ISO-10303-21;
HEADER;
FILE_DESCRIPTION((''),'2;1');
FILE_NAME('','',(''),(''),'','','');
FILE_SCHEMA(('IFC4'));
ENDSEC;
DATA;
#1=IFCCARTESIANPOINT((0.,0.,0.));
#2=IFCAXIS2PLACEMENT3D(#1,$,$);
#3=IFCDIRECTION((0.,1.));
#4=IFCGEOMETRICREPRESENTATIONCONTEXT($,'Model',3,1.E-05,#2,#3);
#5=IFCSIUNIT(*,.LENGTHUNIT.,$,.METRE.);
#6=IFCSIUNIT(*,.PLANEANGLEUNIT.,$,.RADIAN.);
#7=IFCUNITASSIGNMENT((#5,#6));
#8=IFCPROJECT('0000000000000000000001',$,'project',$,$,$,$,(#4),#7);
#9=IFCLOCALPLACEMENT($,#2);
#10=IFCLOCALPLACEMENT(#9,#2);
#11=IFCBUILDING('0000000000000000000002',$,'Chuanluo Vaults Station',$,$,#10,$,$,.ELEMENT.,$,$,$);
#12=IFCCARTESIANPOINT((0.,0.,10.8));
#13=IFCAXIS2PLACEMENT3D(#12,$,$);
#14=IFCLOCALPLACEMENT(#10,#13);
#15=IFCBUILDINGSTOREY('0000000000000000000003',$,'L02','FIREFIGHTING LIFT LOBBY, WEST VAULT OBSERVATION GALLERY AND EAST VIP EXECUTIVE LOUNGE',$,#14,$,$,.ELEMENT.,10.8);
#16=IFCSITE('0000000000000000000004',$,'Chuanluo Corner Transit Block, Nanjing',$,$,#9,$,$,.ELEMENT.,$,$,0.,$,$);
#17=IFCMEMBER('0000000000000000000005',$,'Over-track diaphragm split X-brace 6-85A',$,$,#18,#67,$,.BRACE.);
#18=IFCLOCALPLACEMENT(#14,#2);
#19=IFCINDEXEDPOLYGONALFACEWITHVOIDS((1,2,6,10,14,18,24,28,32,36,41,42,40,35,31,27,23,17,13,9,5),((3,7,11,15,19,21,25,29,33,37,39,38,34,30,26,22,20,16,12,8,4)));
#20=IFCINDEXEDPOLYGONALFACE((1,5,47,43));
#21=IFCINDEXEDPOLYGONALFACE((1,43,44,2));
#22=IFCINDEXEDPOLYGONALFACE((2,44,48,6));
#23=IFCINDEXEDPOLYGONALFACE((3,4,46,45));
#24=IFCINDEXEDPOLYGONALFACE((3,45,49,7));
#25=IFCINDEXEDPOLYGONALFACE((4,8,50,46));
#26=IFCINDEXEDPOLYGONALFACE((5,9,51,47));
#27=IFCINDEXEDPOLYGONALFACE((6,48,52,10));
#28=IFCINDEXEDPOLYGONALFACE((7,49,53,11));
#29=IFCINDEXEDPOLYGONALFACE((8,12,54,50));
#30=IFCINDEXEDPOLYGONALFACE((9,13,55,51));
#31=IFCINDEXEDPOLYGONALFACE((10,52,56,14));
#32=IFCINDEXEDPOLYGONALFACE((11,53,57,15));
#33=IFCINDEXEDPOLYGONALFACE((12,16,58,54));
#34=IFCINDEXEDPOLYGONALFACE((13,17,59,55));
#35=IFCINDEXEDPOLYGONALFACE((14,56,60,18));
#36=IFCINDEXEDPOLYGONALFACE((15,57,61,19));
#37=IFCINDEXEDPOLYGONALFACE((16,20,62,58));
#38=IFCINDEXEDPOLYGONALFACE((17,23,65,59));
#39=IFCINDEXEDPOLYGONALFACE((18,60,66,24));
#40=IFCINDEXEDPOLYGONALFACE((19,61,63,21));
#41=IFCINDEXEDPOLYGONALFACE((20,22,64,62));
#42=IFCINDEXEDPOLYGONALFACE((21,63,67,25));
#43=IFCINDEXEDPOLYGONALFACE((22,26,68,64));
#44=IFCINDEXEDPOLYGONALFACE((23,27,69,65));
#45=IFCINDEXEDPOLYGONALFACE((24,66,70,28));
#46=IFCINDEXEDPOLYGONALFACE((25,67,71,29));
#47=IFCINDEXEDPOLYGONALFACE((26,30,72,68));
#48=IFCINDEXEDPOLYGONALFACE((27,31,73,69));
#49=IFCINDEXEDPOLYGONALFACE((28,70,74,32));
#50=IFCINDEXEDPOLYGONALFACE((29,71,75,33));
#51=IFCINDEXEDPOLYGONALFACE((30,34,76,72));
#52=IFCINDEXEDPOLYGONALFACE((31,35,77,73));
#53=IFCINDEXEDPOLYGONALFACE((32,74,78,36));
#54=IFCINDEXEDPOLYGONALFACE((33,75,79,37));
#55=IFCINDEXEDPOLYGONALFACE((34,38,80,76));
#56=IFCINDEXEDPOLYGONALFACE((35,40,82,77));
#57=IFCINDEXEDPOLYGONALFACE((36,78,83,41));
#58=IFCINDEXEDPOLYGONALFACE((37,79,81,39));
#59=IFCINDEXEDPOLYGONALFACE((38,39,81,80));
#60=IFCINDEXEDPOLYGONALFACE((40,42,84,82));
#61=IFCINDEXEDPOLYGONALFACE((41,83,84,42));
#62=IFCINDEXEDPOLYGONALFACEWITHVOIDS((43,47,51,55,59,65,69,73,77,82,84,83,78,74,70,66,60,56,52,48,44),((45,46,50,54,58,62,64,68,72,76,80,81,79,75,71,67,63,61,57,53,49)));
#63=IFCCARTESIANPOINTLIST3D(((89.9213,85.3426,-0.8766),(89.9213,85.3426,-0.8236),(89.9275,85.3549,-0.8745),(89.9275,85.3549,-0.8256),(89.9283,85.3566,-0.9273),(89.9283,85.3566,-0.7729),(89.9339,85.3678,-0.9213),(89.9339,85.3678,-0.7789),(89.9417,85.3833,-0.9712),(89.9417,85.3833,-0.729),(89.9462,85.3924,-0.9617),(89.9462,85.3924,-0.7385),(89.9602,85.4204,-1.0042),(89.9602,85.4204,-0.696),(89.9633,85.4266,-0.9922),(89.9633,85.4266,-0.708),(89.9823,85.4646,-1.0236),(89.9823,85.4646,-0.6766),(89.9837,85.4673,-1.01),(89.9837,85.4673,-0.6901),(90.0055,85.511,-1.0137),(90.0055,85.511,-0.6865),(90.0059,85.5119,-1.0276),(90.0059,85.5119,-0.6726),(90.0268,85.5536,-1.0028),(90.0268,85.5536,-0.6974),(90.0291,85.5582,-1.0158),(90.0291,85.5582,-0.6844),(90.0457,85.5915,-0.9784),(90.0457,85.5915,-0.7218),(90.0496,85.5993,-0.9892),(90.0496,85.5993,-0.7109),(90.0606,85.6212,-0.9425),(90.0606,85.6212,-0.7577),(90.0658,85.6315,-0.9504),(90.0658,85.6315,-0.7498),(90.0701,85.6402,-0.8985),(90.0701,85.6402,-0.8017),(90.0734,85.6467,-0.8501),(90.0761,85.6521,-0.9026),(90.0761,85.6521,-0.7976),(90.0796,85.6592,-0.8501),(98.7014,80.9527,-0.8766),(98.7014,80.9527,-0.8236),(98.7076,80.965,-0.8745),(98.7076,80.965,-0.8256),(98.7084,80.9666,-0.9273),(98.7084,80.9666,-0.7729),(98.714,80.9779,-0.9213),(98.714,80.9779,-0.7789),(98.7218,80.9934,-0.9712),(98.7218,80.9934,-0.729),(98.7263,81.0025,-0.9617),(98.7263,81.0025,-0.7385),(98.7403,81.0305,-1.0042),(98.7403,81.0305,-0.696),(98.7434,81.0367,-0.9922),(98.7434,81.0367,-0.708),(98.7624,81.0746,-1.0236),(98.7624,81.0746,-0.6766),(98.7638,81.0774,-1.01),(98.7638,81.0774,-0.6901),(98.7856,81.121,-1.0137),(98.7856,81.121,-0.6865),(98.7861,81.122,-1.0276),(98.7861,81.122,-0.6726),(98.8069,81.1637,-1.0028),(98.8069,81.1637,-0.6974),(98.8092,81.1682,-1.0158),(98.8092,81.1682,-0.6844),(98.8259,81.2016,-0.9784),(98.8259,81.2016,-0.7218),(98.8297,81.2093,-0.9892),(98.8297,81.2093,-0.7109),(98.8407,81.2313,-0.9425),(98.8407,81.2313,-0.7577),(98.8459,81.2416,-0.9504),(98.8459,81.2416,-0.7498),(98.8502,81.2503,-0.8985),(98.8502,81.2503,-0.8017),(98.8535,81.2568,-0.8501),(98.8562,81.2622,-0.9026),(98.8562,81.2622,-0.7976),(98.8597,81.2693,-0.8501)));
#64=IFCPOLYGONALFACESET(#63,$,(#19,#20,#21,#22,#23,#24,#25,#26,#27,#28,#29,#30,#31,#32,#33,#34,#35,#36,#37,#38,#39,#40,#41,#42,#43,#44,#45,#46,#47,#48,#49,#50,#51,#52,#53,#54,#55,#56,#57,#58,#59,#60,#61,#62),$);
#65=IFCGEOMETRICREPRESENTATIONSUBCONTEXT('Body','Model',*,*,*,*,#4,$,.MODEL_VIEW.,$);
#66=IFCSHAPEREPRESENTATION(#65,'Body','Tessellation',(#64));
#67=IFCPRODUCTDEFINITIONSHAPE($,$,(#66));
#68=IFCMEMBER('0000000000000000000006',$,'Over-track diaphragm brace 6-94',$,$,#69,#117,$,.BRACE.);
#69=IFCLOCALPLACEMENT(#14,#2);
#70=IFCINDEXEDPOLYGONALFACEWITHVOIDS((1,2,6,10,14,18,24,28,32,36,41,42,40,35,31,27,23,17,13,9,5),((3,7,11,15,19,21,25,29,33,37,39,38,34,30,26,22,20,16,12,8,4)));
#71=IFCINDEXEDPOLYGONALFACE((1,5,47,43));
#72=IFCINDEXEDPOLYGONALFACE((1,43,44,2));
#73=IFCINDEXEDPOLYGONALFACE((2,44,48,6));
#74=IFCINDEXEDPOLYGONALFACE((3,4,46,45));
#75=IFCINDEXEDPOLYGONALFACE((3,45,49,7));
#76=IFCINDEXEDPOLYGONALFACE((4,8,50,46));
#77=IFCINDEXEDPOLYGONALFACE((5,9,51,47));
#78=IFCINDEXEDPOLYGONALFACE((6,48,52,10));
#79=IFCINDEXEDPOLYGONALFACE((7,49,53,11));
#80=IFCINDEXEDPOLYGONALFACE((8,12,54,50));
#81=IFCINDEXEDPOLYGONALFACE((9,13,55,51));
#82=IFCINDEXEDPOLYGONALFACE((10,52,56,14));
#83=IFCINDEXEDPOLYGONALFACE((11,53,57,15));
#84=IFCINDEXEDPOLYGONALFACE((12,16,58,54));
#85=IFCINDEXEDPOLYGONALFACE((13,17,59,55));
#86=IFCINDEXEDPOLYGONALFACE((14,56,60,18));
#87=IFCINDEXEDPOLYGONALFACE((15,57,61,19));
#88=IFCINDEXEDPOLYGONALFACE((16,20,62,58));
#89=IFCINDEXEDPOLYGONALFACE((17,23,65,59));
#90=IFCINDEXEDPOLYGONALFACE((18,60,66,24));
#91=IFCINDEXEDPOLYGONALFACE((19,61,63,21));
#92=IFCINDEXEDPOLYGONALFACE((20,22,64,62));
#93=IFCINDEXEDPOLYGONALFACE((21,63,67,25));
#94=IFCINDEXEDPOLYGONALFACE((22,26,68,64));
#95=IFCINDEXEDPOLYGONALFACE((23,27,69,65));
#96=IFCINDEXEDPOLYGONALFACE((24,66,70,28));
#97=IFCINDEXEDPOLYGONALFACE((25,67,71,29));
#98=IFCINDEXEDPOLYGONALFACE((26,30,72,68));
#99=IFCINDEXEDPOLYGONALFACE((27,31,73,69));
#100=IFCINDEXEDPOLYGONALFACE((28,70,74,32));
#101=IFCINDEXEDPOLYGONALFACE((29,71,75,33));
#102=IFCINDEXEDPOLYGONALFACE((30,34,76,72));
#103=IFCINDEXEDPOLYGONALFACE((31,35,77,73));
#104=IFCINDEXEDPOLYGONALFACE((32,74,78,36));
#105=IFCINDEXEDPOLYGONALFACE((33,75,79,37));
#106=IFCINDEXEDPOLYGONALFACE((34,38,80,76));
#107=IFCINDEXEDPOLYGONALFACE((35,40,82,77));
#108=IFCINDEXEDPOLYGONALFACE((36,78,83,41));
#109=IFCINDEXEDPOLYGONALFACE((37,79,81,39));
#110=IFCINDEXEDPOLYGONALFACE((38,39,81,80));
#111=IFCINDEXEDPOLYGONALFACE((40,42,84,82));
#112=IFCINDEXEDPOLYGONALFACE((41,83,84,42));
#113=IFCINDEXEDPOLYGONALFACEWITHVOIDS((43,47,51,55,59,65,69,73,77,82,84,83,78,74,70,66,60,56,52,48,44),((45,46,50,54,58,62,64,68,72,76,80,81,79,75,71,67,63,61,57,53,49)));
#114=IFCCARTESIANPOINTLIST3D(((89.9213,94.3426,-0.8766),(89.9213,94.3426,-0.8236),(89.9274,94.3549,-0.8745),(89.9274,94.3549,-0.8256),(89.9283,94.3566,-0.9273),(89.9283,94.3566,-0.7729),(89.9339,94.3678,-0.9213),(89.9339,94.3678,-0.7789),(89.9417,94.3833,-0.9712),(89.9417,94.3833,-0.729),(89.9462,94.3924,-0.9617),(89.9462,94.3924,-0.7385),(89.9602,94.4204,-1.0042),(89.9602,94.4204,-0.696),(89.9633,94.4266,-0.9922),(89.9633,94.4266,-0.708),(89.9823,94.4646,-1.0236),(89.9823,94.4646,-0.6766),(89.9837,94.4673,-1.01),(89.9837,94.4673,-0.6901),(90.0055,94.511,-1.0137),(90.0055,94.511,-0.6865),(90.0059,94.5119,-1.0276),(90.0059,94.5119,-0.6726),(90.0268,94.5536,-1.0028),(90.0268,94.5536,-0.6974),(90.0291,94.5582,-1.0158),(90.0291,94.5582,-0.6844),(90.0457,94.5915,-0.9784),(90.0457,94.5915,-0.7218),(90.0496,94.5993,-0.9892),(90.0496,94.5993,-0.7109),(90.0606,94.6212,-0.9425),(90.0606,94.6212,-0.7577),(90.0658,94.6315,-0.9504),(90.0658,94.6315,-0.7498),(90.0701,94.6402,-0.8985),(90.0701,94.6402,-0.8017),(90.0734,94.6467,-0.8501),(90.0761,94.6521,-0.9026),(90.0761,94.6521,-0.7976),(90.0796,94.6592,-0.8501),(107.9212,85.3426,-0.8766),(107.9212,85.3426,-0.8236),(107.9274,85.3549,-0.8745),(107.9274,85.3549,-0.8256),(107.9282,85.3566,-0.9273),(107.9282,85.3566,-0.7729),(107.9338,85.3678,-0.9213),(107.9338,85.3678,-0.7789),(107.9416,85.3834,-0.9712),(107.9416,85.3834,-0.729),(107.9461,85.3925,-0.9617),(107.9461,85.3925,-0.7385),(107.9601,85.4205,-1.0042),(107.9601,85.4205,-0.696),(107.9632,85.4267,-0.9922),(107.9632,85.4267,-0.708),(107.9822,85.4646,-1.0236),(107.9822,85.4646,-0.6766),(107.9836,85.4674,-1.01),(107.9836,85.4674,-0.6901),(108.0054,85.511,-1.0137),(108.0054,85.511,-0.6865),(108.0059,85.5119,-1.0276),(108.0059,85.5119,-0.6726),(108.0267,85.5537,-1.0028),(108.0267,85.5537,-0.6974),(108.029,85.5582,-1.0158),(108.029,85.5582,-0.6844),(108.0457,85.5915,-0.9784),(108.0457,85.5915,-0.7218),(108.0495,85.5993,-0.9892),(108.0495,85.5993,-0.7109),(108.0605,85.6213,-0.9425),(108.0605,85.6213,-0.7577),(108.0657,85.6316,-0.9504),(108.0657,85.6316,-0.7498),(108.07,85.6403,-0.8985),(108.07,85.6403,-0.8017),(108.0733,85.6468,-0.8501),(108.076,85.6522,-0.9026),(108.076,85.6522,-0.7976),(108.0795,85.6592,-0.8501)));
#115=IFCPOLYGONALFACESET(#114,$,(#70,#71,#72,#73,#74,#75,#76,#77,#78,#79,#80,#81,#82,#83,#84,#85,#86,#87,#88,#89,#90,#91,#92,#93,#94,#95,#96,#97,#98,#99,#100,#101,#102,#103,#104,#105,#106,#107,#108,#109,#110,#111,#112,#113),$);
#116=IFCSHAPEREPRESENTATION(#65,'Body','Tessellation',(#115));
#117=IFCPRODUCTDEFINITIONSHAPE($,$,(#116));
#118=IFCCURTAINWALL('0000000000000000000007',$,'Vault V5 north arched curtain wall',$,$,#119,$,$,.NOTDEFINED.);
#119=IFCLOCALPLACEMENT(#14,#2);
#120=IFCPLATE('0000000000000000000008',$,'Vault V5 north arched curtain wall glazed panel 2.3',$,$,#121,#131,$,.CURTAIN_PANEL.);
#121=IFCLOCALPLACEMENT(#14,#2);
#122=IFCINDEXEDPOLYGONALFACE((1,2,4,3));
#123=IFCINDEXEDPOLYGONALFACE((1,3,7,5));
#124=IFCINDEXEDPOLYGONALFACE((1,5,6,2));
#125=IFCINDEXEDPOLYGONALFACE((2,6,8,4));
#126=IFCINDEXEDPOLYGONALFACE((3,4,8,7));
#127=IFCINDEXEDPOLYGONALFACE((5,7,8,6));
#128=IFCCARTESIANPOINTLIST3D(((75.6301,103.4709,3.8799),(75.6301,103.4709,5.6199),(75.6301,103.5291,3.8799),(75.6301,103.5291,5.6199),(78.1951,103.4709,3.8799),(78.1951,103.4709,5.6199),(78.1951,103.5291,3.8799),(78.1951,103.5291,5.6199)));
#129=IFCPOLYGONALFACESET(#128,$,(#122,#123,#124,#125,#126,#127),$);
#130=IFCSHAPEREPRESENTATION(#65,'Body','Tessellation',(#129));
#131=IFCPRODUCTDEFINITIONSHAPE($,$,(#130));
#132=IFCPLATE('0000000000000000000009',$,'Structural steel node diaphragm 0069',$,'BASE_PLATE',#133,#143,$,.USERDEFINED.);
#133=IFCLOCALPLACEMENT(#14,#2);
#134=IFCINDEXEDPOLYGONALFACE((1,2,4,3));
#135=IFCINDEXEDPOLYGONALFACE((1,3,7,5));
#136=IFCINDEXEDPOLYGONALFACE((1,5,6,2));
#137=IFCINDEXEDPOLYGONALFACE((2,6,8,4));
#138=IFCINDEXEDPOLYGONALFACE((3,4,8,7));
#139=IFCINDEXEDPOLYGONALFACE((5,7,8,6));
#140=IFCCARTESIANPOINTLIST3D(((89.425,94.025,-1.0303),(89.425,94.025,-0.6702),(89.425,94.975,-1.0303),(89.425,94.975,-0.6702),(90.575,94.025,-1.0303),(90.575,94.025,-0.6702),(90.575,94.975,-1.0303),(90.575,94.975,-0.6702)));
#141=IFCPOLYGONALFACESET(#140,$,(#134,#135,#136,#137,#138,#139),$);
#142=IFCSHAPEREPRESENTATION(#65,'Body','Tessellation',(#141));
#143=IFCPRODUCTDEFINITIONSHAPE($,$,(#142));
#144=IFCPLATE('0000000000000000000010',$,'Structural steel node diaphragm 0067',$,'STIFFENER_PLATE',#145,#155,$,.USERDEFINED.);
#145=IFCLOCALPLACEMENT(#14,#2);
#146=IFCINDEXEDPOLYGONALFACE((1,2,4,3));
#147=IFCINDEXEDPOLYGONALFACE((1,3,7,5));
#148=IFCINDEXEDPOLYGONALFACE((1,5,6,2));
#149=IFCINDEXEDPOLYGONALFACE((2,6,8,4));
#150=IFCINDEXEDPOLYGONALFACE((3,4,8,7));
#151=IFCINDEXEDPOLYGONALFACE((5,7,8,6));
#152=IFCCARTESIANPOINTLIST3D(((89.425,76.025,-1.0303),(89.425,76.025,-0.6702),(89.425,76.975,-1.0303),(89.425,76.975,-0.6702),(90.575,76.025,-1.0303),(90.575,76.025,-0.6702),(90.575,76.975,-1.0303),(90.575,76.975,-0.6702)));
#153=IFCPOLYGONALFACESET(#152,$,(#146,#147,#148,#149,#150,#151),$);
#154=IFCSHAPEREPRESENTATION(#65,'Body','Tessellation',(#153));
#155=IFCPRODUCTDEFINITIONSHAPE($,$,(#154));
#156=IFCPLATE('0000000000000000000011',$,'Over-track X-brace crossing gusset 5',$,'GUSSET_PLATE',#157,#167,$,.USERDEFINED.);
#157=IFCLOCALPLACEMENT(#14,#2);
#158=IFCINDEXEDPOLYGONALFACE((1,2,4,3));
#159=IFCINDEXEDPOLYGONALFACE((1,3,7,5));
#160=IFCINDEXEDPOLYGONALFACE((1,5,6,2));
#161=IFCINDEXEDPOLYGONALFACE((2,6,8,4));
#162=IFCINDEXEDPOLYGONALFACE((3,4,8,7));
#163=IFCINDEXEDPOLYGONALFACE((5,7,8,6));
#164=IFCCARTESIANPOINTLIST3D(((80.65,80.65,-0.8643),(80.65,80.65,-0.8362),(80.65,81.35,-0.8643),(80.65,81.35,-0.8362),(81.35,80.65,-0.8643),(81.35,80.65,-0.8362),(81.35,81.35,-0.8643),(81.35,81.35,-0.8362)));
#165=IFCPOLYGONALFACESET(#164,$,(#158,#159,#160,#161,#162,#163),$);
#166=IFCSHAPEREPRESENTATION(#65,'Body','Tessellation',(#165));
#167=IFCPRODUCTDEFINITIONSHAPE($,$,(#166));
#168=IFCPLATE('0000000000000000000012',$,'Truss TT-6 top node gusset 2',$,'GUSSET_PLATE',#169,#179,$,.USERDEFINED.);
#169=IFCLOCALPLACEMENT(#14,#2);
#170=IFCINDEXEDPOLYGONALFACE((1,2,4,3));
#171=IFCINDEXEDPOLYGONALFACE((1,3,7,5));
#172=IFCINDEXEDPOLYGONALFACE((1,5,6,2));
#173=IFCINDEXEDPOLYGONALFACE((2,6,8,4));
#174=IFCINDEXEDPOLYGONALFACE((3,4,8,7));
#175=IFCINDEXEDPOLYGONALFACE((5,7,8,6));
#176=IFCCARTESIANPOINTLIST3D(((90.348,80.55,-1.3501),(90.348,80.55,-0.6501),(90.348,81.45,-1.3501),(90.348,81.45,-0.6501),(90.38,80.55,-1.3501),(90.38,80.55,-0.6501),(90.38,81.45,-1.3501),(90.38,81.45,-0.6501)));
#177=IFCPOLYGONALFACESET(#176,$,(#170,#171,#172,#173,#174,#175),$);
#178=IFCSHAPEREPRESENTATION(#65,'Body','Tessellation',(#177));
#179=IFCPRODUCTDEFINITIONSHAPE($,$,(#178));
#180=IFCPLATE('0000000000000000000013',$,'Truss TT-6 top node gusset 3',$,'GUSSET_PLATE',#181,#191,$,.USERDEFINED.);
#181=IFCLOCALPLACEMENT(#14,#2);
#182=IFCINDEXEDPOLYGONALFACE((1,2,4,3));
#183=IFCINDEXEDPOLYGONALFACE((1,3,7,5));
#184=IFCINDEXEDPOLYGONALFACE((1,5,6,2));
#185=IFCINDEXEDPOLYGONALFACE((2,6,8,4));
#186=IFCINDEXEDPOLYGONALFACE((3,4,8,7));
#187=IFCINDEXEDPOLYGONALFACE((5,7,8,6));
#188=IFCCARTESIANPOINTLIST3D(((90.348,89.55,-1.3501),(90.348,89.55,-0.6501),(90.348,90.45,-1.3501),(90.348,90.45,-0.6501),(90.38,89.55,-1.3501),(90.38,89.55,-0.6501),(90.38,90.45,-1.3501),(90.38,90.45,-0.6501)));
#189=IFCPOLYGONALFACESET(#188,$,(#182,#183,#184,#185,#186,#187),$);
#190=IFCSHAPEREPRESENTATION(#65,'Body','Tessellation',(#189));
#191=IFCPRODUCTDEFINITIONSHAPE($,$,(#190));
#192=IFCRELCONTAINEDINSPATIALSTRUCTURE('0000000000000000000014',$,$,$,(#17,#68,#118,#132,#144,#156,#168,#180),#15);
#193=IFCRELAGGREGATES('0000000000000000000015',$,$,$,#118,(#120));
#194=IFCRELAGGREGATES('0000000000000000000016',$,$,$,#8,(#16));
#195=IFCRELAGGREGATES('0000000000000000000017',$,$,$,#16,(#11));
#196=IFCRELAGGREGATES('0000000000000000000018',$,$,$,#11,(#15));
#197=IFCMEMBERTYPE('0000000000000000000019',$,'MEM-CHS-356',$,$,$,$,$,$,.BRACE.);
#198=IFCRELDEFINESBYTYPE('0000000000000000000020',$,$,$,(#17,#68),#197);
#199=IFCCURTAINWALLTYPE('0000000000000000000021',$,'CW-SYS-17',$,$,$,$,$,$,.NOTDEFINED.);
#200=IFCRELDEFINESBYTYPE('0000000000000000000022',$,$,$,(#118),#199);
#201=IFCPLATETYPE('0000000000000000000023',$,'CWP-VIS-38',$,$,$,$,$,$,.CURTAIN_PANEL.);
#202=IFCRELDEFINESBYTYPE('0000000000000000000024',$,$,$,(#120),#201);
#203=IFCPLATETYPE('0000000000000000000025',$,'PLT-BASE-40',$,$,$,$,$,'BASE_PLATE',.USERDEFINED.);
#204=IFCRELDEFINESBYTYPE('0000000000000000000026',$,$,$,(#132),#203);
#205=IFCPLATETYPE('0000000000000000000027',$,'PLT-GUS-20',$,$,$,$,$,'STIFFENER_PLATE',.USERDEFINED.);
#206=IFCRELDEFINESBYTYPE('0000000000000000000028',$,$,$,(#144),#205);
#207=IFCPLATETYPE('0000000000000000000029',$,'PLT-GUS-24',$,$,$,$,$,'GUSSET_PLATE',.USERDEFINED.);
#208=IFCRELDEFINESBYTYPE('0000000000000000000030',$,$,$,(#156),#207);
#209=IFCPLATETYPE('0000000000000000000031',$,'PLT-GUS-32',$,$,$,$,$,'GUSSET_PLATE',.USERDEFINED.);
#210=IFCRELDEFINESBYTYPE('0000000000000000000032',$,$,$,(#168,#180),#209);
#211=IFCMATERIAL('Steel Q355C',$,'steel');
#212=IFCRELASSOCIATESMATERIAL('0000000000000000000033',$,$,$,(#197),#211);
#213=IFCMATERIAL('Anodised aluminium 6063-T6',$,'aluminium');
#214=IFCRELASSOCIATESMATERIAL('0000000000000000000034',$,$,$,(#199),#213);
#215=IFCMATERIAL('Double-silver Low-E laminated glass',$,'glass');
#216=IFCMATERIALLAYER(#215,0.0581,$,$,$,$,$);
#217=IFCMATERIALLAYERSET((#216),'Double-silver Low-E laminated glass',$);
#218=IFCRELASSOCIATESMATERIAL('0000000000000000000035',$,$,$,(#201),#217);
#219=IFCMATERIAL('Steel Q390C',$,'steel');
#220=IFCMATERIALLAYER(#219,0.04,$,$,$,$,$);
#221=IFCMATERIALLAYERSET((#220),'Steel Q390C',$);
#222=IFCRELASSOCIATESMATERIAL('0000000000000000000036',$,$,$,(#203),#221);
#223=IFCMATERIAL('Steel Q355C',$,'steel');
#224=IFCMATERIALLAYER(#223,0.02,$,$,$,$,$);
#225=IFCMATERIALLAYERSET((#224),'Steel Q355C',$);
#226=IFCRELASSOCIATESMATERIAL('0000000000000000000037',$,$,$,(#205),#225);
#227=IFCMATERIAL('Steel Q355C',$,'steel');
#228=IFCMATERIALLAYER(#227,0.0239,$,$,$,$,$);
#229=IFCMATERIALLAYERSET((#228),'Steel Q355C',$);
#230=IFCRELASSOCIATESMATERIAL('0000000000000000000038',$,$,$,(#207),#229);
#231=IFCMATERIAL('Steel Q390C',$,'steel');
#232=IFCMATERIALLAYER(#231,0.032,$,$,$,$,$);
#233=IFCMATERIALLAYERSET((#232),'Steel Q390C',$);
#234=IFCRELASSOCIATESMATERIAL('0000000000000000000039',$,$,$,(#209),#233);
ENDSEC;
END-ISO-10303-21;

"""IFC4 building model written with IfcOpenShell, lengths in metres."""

from ifc_helpers import new_model, si_unit, direction, frame, origin, origin_2d, place, context, subcontext, project, spatial, rectangle, hollow_circle, extrude, material, layer, layer_set, material_profile, profile_set, type_object, element, aggregate, save


model = new_model("IFC4")

# Units and contexts
model_context = context("Model", 3, precision=1e-05, world=origin(), true_north=direction((0.0, 1.0)))
body_context = subcontext(model_context, "Body", "Model", "MODEL_VIEW")
ifc_project = project(units=[si_unit("LENGTHUNIT", "METRE"), si_unit("PLANEANGLEUNIT", "RADIAN")], contexts=[model_context])

# Site, building, storey
site_placement = place(None, origin())
site = spatial("IfcSite", under=ifc_project, at=site_placement, Name="Chuanluo Corner Transit Block, Nanjing", CompositionType="ELEMENT", RefElevation=0.0)
building_placement = place(site_placement, origin())
building = spatial("IfcBuilding", under=site, at=building_placement, Name="Chuanluo Vaults Station", CompositionType="ELEMENT")
storey_placement = place(building_placement, frame((0.0, 0.0, 10.8)))
storey = spatial("IfcBuildingStorey", under=building, at=storey_placement, Name="L02", Description="FIREFIGHTING LIFT LOBBY, WEST VAULT OBSERVATION GALLERY AND EAST VIP EXECUTIVE LOUNGE", CompositionType="ELEMENT", Elevation=10.8)

# Members
ifc_material_1 = material(Name="Steel Q355C", Category="steel")
ifc_material_profile_1 = material_profile(ifc_material_1, hollow_circle(Radius=0.178, WallThickness=0.0139, at=origin_2d()))
ifc_profile_set_1 = profile_set([ifc_material_profile_1], Name="Steel Q355C")
member_type_1 = type_object("IfcMemberType", Name="MEM-CHS-356", PredefinedType="BRACE", material=ifc_profile_set_1)
member_1_placement = place(storey_placement, frame((90.0, 85.5, -0.8501), z_axis=(0.894432, -0.447204, 0.0), x_axis=(0.447204, 0.894432, 0.0)))
element("IfcMember", 1, at=member_1_placement, inside=storey, type_object=member_type_1, Name="Over-track diaphragm split X-brace 6-85A", PredefinedType="BRACE", context=body_context, shape_type="SweptSolid", body=[
    extrude(hollow_circle(Radius=0.178, WallThickness=0.0139, at=origin_2d()), origin(), (0.0, 0.0, 1.0), 9.8164),
])
member_2_placement = place(storey_placement, frame((90.0, 94.5, -0.8501), z_axis=(0.894427, -0.447214, 0.0), x_axis=(0.447214, 0.894427, 0.0)))
element("IfcMember", 2, at=member_2_placement, inside=storey, type_object=member_type_1, Name="Over-track diaphragm brace 6-94", PredefinedType="BRACE", context=body_context, shape_type="SweptSolid", body=[
    extrude(hollow_circle(Radius=0.178, WallThickness=0.0139, at=origin_2d()), origin(), (0.0, 0.0, 1.0), 20.1245),
])

# Curtain wall, plate
ifc_material_2 = material(Name="Anodised aluminium 6063-T6", Category="aluminium")
curtain_wall_type = type_object("IfcCurtainWallType", Name="CW-SYS-17", PredefinedType="NOTDEFINED", material=ifc_material_2)
curtain_wall_placement = place(storey_placement, origin())
curtain_wall = element("IfcCurtainWall", 3, at=curtain_wall_placement, inside=storey, type_object=curtain_wall_type, Name="Vault V5 north arched curtain wall", PredefinedType="NOTDEFINED")
ifc_material_3 = material(Name="Double-silver Low-E laminated glass", Category="glass")
ifc_layer_1 = layer(ifc_material_3, 0.0581)
ifc_layer_set_1 = layer_set([ifc_layer_1], Name="Double-silver Low-E laminated glass")
plate_type_1 = type_object("IfcPlateType", Name="CWP-VIS-38", PredefinedType="CURTAIN_PANEL", material=ifc_layer_set_1)
plate_1_placement = place(storey_placement, frame((76.9126, 103.5, 3.8799), z_axis=(0.0, 0.0, 1.0), x_axis=(1.0, 0.0, 0.0)))
plate_1 = element("IfcPlate", 4, at=plate_1_placement, type_object=plate_type_1, Name="Vault V5 north arched curtain wall glazed panel 2.3", PredefinedType="CURTAIN_PANEL", context=body_context, shape_type="SweptSolid", body=[
    extrude(rectangle(XDim=2.5649, YDim=0.0581, at=origin_2d()), origin(), (0.0, 0.0, 1.0), 1.74),
])
aggregate(curtain_wall, [plate_1])

# Plates
ifc_material_4 = material(Name="Steel Q390C", Category="steel")
ifc_layer_2 = layer(ifc_material_4, 0.04)
ifc_layer_set_2 = layer_set([ifc_layer_2], Name="Steel Q390C")
plate_type_2 = type_object("IfcPlateType", Name="PLT-BASE-40", ElementType="BASE_PLATE", PredefinedType="USERDEFINED", material=ifc_layer_set_2)
plate_2_placement = place(storey_placement, frame((90.0, 94.5, -1.0303), z_axis=(0.0, 0.0, 1.0), x_axis=(1.0, 0.0, 0.0)))
element("IfcPlate", 5, at=plate_2_placement, inside=storey, type_object=plate_type_2, Name="Structural steel node diaphragm 0069", ObjectType="BASE_PLATE", PredefinedType="USERDEFINED", context=body_context, shape_type="SweptSolid", body=[
    extrude(rectangle(XDim=1.1499, YDim=0.95, at=origin_2d()), origin(), (0.0, 0.0, 1.0), 0.3601),
])
ifc_material_5 = material(Name="Steel Q355C", Category="steel")
ifc_layer_3 = layer(ifc_material_5, 0.02)
ifc_layer_set_3 = layer_set([ifc_layer_3], Name="Steel Q355C")
plate_type_3 = type_object("IfcPlateType", Name="PLT-GUS-20", ElementType="STIFFENER_PLATE", PredefinedType="USERDEFINED", material=ifc_layer_set_3)
plate_3_placement = place(storey_placement, frame((90.0, 76.5, -1.0303), z_axis=(0.0, 0.0, 1.0), x_axis=(1.0, 0.0, 0.0)))
element("IfcPlate", 6, at=plate_3_placement, inside=storey, type_object=plate_type_3, Name="Structural steel node diaphragm 0067", ObjectType="STIFFENER_PLATE", PredefinedType="USERDEFINED", context=body_context, shape_type="SweptSolid", body=[
    extrude(rectangle(XDim=1.1499, YDim=0.95, at=origin_2d()), origin(), (0.0, 0.0, 1.0), 0.3601),
])
ifc_material_6 = material(Name="Steel Q355C", Category="steel")
ifc_layer_4 = layer(ifc_material_6, 0.0239)
ifc_layer_set_4 = layer_set([ifc_layer_4], Name="Steel Q355C")
plate_type_4 = type_object("IfcPlateType", Name="PLT-GUS-24", ElementType="GUSSET_PLATE", PredefinedType="USERDEFINED", material=ifc_layer_set_4)
plate_4_placement = place(storey_placement, frame((81.0, 81.0, -0.8643), z_axis=(0.0, 0.0, 1.0), x_axis=(1.0, 0.0, 0.0)))
element("IfcPlate", 7, at=plate_4_placement, inside=storey, type_object=plate_type_4, Name="Over-track X-brace crossing gusset 5", ObjectType="GUSSET_PLATE", PredefinedType="USERDEFINED", context=body_context, shape_type="SweptSolid", body=[
    extrude(rectangle(XDim=0.7, YDim=0.7, at=origin_2d()), origin(), (0.0, 0.0, 1.0), 0.0281),
])
ifc_material_7 = material(Name="Steel Q390C", Category="steel")
ifc_layer_5 = layer(ifc_material_7, 0.032)
ifc_layer_set_5 = layer_set([ifc_layer_5], Name="Steel Q390C")
plate_type_5 = type_object("IfcPlateType", Name="PLT-GUS-32", ElementType="GUSSET_PLATE", PredefinedType="USERDEFINED", material=ifc_layer_set_5)
for number, where, z_axis, x_axis, name in (
    (8, (90.364, 81.0, -1.3501), (0.0, 0.0, 1.0), (1.0, 0.0, 0.0), "Truss TT-6 top node gusset 2"),
    (9, (90.364, 90.0, -1.3501), (0.0, 0.0, 1.0), (1.0, 0.0, 0.0), "Truss TT-6 top node gusset 3"),
):
    element("IfcPlate", number, at=place(storey_placement, frame(where, z_axis=z_axis, x_axis=x_axis)), inside=storey, type_object=plate_type_5, Name=name, ObjectType="GUSSET_PLATE", PredefinedType="USERDEFINED", context=body_context, shape_type="SweptSolid", body=[
        extrude(rectangle(XDim=0.032, YDim=0.8999, at=origin_2d()), origin(), (0.0, 0.0, 1.0), 0.7),
    ])

save(model, "model.ifc")
